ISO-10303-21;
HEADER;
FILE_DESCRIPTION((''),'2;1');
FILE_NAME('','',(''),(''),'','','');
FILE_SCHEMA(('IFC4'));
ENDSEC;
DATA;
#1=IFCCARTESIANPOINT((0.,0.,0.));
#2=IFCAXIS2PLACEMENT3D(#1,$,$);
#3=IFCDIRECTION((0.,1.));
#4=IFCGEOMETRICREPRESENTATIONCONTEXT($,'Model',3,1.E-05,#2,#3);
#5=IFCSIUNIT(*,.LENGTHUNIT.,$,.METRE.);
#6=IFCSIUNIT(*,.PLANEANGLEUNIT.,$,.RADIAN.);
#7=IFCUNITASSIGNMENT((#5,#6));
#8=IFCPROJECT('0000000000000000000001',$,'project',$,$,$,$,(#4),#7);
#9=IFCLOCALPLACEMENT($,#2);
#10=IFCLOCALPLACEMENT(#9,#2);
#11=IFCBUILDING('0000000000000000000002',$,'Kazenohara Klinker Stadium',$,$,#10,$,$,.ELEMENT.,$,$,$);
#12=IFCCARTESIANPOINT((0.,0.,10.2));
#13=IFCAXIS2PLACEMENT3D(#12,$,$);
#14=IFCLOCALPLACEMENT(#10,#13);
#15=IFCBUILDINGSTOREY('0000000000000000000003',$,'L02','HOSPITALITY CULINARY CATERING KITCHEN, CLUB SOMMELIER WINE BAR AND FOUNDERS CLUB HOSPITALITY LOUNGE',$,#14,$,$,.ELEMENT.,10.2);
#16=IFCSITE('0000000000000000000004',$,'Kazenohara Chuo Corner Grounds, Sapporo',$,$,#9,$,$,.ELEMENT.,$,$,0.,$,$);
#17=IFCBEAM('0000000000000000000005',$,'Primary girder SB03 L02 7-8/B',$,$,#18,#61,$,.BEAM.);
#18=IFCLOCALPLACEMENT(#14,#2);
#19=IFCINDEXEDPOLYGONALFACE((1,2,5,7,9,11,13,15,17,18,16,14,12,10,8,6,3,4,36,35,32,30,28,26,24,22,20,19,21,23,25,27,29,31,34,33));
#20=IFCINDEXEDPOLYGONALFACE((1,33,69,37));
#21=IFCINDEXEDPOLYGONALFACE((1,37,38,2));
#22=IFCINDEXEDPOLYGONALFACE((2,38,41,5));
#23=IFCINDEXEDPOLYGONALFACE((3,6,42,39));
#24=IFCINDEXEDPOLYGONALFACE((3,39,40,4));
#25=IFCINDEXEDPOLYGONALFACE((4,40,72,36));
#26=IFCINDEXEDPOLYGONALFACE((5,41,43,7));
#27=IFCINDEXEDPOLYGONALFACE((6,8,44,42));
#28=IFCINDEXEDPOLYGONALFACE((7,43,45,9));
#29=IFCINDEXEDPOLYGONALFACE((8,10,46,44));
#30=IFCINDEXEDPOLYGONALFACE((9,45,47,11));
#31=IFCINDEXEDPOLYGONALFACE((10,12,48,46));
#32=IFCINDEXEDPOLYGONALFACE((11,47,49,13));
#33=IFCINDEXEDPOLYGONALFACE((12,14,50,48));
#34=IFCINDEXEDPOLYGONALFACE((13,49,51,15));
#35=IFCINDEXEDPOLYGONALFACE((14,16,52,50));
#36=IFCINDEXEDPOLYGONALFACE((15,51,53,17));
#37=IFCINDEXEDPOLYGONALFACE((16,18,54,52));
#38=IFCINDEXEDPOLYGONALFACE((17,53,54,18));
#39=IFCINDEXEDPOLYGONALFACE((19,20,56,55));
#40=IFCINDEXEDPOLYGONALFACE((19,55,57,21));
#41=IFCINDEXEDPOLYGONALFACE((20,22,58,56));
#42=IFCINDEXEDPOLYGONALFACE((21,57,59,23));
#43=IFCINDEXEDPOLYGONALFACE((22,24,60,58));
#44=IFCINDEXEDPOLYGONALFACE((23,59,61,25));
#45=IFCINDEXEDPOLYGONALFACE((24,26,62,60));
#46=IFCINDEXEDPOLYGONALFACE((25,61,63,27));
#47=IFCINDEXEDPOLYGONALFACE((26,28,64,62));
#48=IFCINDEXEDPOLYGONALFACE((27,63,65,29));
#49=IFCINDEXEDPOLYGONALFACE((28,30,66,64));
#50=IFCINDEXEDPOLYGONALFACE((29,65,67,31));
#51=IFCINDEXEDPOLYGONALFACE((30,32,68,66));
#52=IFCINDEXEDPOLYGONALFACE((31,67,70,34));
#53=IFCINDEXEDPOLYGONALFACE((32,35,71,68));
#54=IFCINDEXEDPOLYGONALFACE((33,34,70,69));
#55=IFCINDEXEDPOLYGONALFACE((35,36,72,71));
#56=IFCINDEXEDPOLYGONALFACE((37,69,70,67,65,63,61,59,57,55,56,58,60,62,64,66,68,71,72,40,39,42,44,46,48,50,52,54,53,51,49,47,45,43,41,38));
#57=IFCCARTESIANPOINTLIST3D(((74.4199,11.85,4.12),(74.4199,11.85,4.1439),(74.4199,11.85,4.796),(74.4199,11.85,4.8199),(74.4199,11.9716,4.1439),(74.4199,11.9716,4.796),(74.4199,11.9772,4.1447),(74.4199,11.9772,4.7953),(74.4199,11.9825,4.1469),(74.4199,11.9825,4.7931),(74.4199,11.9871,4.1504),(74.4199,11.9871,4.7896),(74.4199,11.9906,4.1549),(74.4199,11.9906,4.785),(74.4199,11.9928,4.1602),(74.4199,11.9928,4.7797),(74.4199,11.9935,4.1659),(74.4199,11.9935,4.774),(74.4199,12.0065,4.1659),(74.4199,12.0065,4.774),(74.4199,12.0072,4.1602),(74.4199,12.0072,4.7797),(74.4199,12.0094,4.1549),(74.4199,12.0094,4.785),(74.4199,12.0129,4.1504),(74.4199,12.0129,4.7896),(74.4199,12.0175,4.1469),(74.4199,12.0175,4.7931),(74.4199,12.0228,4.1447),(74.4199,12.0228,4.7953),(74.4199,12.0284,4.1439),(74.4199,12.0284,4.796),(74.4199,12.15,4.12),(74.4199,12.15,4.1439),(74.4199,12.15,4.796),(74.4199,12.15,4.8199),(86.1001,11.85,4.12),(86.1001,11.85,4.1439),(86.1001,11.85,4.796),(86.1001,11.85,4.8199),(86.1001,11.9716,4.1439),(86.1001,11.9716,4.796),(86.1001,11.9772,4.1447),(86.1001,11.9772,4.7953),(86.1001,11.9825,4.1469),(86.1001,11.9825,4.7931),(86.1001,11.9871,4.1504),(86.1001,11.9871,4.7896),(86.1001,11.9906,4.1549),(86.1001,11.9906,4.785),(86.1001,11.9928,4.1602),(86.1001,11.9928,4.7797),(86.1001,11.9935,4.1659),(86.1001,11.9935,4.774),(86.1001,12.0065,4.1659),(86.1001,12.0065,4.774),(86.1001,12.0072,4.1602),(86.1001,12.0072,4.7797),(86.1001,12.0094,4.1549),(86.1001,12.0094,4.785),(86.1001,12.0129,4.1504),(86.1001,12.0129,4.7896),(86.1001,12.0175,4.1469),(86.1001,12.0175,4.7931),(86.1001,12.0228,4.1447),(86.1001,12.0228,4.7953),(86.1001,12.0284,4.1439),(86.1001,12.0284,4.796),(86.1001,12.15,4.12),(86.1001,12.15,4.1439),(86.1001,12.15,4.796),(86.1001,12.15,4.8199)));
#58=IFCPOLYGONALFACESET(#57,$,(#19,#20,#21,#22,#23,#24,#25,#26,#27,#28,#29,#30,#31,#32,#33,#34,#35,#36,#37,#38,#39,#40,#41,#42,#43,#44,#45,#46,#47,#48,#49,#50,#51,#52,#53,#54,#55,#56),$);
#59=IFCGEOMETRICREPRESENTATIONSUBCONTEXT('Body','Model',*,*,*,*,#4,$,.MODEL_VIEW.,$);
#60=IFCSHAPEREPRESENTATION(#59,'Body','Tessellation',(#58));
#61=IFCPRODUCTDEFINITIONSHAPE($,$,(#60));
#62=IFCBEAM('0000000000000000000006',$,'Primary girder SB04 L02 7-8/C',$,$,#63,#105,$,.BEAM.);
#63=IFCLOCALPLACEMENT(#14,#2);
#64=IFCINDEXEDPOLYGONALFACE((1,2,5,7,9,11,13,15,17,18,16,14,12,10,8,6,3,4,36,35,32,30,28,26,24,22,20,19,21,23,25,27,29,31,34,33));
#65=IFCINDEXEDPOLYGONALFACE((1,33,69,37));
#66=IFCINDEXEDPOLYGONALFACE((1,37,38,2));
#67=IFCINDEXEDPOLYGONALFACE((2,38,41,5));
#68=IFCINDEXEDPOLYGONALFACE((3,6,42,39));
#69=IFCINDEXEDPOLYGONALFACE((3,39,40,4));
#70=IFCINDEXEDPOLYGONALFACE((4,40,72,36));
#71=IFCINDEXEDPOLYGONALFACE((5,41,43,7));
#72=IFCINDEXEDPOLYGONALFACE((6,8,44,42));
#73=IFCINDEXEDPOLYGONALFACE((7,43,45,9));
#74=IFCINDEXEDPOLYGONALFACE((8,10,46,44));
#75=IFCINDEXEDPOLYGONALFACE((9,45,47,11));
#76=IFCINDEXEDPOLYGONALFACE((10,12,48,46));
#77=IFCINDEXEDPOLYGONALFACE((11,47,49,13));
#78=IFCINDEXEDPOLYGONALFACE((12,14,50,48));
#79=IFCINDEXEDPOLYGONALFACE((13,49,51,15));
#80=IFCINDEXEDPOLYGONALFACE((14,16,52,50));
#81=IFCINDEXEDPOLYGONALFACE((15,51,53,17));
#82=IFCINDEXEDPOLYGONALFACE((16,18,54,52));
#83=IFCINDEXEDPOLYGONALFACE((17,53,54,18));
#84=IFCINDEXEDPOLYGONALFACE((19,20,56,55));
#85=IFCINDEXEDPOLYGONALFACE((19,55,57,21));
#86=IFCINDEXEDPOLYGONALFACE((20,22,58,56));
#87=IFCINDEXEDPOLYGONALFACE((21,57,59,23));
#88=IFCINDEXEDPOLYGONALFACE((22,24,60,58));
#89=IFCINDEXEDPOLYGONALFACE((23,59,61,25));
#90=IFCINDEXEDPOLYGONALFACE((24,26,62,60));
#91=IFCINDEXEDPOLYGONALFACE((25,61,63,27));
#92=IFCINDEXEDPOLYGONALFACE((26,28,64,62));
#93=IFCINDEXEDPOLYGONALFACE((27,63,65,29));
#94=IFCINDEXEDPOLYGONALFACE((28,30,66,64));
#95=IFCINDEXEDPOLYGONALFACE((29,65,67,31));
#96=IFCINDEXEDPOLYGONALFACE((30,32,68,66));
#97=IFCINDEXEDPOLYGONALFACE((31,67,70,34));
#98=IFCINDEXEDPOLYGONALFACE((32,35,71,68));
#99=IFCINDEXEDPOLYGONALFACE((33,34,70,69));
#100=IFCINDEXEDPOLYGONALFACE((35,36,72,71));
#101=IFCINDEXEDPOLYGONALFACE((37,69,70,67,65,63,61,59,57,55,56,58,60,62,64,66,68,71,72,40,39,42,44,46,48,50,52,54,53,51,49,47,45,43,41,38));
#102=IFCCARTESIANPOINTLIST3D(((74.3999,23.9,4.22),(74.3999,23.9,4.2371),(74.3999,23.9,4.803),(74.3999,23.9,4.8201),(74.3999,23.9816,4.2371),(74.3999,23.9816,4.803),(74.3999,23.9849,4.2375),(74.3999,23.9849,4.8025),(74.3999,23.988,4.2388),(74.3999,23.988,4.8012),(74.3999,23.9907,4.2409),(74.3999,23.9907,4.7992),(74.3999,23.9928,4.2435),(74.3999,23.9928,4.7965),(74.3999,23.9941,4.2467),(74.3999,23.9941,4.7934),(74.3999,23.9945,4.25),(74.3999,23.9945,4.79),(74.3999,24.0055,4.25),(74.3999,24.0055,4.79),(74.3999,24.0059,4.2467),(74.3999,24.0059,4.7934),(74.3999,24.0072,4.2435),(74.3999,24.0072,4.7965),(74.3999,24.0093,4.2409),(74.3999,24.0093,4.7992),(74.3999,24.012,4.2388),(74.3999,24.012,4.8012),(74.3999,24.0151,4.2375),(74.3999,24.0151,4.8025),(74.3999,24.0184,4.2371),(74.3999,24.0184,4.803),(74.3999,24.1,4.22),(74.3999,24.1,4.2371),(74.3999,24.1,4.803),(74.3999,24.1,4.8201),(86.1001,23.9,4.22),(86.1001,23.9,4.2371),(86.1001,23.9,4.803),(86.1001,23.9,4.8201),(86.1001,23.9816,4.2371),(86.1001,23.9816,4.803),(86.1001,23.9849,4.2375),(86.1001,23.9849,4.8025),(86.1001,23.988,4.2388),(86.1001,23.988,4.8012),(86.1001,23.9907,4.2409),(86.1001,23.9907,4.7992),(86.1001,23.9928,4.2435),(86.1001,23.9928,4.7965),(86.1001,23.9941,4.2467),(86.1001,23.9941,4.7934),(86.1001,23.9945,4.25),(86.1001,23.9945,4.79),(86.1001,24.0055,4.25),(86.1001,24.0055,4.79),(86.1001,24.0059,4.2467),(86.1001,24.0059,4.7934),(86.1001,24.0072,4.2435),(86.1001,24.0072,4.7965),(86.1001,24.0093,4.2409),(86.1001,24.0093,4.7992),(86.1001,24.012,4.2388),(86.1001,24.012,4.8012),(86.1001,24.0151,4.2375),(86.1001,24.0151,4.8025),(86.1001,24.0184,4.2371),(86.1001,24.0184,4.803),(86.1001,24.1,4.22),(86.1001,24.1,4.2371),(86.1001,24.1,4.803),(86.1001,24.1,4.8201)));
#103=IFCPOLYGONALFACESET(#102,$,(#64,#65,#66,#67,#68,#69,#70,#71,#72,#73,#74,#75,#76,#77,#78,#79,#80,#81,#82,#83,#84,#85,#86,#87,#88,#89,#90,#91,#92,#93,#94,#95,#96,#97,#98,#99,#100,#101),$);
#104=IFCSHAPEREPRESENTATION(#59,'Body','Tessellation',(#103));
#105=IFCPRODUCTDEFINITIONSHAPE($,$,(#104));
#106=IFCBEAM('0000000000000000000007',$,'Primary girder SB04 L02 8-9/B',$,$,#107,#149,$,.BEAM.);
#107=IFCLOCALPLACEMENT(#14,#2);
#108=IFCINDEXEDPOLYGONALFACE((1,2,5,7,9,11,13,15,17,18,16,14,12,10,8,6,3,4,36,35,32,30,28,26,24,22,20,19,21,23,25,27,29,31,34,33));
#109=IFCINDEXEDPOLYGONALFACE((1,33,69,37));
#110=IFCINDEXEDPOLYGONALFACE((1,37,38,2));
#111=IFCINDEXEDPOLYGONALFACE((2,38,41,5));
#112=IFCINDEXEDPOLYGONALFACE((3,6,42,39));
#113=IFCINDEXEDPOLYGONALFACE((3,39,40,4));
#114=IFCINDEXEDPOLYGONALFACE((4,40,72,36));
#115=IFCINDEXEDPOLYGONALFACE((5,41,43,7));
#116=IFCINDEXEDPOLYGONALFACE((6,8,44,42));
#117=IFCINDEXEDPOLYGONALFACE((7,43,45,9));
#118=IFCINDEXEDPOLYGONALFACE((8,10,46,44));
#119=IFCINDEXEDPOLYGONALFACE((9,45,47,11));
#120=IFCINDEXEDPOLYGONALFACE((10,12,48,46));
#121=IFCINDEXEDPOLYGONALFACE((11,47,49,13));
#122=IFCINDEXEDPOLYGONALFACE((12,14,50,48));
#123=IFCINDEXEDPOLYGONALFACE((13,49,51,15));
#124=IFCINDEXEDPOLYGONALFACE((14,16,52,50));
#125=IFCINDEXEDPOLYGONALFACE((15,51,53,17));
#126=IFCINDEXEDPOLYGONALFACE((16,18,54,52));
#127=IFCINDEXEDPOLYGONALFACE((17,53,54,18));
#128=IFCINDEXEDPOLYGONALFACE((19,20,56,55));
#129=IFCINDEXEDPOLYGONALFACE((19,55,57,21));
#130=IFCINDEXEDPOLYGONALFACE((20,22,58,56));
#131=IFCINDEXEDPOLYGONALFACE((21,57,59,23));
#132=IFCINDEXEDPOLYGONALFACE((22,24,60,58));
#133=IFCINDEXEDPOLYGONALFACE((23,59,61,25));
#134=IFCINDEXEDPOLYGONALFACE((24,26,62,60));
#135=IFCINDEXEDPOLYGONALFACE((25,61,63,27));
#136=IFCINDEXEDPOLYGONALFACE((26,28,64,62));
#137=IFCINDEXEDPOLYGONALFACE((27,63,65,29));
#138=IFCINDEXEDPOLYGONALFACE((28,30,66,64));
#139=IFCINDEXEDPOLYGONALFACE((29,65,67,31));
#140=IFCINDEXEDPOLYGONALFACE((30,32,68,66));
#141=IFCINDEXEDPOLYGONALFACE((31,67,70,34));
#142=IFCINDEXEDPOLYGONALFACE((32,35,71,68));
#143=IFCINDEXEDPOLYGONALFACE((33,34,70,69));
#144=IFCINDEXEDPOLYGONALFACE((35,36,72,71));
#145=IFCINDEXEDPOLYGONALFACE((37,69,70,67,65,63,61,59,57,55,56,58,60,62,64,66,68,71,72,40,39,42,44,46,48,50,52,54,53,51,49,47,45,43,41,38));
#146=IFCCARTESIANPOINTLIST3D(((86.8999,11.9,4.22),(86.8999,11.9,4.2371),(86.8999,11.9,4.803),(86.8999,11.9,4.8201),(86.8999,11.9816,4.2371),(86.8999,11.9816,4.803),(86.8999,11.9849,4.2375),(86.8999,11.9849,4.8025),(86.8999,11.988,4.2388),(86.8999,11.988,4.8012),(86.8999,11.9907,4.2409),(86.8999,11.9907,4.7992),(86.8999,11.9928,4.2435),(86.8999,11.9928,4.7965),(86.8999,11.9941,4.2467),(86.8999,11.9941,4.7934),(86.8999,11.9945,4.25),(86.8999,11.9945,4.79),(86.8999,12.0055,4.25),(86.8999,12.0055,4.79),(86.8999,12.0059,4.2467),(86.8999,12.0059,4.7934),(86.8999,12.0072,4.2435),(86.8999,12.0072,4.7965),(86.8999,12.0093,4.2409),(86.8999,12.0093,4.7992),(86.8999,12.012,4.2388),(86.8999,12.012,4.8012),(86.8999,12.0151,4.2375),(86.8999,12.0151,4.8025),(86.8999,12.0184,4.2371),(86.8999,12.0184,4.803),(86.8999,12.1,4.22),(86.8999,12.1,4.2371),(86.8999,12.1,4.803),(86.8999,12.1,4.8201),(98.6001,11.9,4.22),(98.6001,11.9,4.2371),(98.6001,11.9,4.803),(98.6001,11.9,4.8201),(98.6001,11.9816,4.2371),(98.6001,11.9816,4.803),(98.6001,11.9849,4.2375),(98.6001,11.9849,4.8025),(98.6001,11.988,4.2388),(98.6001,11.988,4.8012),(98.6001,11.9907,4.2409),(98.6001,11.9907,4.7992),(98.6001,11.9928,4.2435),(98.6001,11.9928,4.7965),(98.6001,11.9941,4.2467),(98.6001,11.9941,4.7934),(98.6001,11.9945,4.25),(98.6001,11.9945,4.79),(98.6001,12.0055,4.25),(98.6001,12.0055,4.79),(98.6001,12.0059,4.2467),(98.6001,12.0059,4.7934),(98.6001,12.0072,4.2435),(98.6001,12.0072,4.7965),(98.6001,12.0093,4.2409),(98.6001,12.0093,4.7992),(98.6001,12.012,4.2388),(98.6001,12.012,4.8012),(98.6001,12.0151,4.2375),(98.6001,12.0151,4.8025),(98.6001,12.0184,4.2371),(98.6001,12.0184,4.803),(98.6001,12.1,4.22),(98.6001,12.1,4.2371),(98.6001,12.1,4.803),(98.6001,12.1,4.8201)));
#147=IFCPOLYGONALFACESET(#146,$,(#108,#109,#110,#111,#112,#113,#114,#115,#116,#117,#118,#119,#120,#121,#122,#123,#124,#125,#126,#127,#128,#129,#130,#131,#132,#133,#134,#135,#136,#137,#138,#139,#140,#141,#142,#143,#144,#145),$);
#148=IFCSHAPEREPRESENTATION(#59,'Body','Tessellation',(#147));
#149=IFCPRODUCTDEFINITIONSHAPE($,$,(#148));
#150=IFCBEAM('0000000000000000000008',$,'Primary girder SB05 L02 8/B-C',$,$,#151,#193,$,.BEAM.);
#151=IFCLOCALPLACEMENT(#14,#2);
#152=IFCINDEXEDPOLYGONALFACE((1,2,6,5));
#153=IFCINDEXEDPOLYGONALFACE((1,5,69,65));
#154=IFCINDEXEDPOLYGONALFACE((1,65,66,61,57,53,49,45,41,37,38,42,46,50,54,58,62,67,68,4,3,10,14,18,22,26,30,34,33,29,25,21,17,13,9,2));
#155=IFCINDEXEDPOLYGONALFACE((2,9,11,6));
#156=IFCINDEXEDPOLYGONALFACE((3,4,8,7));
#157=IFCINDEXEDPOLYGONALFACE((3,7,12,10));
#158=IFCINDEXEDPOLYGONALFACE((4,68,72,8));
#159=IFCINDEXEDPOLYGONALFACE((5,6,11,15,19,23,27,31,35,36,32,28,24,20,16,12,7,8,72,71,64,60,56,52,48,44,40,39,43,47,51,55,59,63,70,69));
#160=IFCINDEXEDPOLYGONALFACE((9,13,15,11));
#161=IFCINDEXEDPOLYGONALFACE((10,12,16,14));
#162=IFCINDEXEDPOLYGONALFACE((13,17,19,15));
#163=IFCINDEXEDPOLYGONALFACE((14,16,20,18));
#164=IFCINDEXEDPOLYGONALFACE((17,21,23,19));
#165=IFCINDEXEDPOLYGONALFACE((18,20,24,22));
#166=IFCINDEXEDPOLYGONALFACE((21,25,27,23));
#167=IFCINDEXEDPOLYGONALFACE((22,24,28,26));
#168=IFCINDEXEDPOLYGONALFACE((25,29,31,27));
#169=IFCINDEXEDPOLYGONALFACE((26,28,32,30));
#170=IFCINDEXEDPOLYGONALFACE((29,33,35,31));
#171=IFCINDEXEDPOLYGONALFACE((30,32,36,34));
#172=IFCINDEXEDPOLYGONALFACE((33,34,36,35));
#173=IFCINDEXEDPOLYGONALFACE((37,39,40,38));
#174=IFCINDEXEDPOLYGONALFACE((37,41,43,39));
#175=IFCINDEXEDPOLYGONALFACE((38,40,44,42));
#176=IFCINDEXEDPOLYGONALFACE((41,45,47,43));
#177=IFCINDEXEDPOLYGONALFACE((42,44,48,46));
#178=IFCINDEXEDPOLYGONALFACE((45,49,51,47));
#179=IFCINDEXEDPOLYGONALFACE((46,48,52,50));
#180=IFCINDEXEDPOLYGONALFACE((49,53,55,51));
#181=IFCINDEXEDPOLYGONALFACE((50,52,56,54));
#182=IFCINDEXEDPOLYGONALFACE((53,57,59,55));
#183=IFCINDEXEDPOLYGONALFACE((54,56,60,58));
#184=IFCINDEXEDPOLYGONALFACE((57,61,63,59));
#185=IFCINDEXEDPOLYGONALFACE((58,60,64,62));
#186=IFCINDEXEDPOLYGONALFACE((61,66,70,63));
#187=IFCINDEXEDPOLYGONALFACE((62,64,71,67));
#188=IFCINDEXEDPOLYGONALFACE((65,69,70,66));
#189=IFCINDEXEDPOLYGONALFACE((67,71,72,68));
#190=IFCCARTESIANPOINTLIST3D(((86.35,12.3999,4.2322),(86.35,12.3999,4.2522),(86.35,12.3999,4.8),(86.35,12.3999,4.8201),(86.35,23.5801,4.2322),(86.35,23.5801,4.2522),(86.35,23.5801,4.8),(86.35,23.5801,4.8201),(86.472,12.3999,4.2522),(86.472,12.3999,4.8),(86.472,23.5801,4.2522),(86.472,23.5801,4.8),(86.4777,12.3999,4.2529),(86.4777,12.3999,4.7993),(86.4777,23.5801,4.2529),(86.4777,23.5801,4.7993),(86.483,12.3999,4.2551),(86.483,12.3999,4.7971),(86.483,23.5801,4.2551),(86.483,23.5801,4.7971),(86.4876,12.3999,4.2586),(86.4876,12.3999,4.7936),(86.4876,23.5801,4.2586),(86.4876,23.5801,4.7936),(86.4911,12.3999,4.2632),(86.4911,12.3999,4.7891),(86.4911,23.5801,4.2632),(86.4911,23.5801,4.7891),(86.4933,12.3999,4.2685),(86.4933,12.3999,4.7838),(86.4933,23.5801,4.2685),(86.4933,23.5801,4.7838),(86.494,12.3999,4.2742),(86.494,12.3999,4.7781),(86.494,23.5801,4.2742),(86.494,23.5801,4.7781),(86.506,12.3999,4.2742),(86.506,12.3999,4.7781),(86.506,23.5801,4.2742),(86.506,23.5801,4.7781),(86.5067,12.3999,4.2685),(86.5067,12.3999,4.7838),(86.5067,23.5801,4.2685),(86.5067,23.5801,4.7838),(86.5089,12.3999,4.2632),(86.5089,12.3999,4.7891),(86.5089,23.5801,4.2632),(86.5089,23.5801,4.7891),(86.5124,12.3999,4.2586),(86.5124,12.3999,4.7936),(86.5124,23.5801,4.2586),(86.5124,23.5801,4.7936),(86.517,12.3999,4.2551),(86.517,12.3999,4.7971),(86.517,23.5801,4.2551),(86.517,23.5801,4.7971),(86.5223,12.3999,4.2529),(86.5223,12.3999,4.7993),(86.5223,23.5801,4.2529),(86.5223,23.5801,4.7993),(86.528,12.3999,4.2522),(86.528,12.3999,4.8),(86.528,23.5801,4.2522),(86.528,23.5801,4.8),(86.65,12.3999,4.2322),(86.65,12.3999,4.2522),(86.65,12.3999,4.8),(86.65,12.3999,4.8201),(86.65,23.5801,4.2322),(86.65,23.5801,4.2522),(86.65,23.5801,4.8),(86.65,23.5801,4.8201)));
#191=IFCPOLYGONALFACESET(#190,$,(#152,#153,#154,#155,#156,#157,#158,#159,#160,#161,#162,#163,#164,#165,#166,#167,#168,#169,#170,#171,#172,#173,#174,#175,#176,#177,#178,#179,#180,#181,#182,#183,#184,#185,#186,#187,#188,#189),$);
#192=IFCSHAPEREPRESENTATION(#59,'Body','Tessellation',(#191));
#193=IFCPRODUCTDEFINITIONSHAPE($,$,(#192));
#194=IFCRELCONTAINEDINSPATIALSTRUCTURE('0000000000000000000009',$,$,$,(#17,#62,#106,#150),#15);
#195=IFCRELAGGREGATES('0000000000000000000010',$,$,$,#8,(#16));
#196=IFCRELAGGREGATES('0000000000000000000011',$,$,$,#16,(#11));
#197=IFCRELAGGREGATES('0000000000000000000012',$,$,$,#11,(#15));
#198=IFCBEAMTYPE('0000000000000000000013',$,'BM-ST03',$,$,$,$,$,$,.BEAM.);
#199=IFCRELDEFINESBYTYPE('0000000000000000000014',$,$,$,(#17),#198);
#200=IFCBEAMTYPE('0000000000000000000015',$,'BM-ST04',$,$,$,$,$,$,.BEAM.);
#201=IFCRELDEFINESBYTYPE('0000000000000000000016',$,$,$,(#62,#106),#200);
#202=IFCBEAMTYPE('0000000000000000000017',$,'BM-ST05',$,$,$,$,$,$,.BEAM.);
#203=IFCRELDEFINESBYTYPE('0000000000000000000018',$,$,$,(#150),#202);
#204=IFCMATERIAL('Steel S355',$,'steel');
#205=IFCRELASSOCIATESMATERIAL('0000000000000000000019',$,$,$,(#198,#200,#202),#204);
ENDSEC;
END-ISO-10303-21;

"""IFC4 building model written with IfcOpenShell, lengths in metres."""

from ifc_helpers import new_model, si_unit, direction, frame, origin, origin_2d, place, context, subcontext, project, spatial, i_section, extrude, material, material_profile, profile_set, type_object, element, save


model = new_model("IFC4")

# Units and contexts
model_context = context("Model", 3, precision=1e-05, world=origin(), true_north=direction((0.0, 1.0)))
body_context = subcontext(model_context, "Body", "Model", "MODEL_VIEW")
ifc_project = project(units=[si_unit("LENGTHUNIT", "METRE"), si_unit("PLANEANGLEUNIT", "RADIAN")], contexts=[model_context])

# Site, building, storey
site_placement = place(None, origin())
site = spatial("IfcSite", under=ifc_project, at=site_placement, Name="Kazenohara Chuo Corner Grounds, Sapporo", CompositionType="ELEMENT", RefElevation=0.0)
building_placement = place(site_placement, origin())
building = spatial("IfcBuilding", under=site, at=building_placement, Name="Kazenohara Klinker Stadium", CompositionType="ELEMENT")
storey_placement = place(building_placement, frame((0.0, 0.0, 10.2)))
storey = spatial("IfcBuildingStorey", under=building, at=storey_placement, Name="L02", Description="HOSPITALITY CULINARY CATERING KITCHEN, CLUB SOMMELIER WINE BAR AND FOUNDERS CLUB HOSPITALITY LOUNGE", CompositionType="ELEMENT", Elevation=10.2)

# Beams
ifc_material_1 = material(Name="Steel S355", Category="steel")
ifc_material_profile_1 = material_profile(ifc_material_1, i_section(OverallWidth=0.3, OverallDepth=0.7, WebThickness=0.0129, FlangeThickness=0.0239, FilletRadius=0.022, at=origin_2d()), Name="H-700x300x13x24")
ifc_profile_set_1 = profile_set([ifc_material_profile_1], Name="Steel S355")
beam_type_1 = type_object("IfcBeamType", Name="BM-ST03", PredefinedType="BEAM", material=ifc_profile_set_1)
beam_1_placement = place(storey_placement, frame((74.4199, 12.0, 4.47), z_axis=(1.0, 0.0, 0.0), x_axis=(0.0, 1.0, 0.0)))
element("IfcBeam", 1, at=beam_1_placement, inside=storey, type_object=beam_type_1, Name="Primary girder SB03 L02 7-8/B", PredefinedType="BEAM", context=body_context, shape_type="SweptSolid", body=[
    extrude(i_section(OverallWidth=0.3, OverallDepth=0.7, WebThickness=0.0129, FlangeThickness=0.0239, FilletRadius=0.022, at=origin_2d()), origin(), (0.0, 0.0, 1.0), 11.6802),
])
ifc_material_profile_2 = material_profile(ifc_material_1, i_section(OverallWidth=0.2, OverallDepth=0.6001, WebThickness=0.011, FlangeThickness=0.0171, FilletRadius=0.0129, at=origin_2d()), Name="H-600x200x11x17")
ifc_profile_set_2 = profile_set([ifc_material_profile_2], Name="Steel S355")
beam_type_2 = type_object("IfcBeamType", Name="BM-ST04", PredefinedType="BEAM", material=ifc_profile_set_2)
for number, where, z_axis, x_axis, name in (
    (2, (74.3999, 24.0, 4.52), (1.0, 0.0, 0.0), (0.0, 1.0, 0.0), "Primary girder SB04 L02 7-8/C"),
    (3, (86.8999, 12.0, 4.52), (1.0, 0.0, 0.0), (0.0, 1.0, 0.0), "Primary girder SB04 L02 8-9/B"),
):
    element("IfcBeam", number, at=place(storey_placement, frame(where, z_axis=z_axis, x_axis=x_axis)), inside=storey, type_object=beam_type_2, Name=name, PredefinedType="BEAM", context=body_context, shape_type="SweptSolid", body=[
        extrude(i_section(OverallWidth=0.2, OverallDepth=0.6001, WebThickness=0.011, FlangeThickness=0.0171, FilletRadius=0.0129, at=origin_2d()), origin(), (0.0, 0.0, 1.0), 11.7002),
    ])
ifc_material_profile_3 = material_profile(ifc_material_1, i_section(OverallWidth=0.3, OverallDepth=0.5879, WebThickness=0.012, FlangeThickness=0.02, FilletRadius=0.022, at=origin_2d()), Name="H-588x300x12x20")
ifc_profile_set_3 = profile_set([ifc_material_profile_3], Name="Steel S355")
beam_type_3 = type_object("IfcBeamType", Name="BM-ST05", PredefinedType="BEAM", material=ifc_profile_set_3)
beam_2_placement = place(storey_placement, frame((86.5, 12.3999, 4.5261), z_axis=(0.0, 1.0, 0.0), x_axis=(-1.0, 0.0, 0.0)))
element("IfcBeam", 4, at=beam_2_placement, inside=storey, type_object=beam_type_3, Name="Primary girder SB05 L02 8/B-C", PredefinedType="BEAM", context=body_context, shape_type="SweptSolid", body=[
    extrude(i_section(OverallWidth=0.3, OverallDepth=0.5879, WebThickness=0.012, FlangeThickness=0.02, FilletRadius=0.022, at=origin_2d()), origin(), (0.0, 0.0, 1.0), 11.1802),
])

save(model, "model.ifc")
